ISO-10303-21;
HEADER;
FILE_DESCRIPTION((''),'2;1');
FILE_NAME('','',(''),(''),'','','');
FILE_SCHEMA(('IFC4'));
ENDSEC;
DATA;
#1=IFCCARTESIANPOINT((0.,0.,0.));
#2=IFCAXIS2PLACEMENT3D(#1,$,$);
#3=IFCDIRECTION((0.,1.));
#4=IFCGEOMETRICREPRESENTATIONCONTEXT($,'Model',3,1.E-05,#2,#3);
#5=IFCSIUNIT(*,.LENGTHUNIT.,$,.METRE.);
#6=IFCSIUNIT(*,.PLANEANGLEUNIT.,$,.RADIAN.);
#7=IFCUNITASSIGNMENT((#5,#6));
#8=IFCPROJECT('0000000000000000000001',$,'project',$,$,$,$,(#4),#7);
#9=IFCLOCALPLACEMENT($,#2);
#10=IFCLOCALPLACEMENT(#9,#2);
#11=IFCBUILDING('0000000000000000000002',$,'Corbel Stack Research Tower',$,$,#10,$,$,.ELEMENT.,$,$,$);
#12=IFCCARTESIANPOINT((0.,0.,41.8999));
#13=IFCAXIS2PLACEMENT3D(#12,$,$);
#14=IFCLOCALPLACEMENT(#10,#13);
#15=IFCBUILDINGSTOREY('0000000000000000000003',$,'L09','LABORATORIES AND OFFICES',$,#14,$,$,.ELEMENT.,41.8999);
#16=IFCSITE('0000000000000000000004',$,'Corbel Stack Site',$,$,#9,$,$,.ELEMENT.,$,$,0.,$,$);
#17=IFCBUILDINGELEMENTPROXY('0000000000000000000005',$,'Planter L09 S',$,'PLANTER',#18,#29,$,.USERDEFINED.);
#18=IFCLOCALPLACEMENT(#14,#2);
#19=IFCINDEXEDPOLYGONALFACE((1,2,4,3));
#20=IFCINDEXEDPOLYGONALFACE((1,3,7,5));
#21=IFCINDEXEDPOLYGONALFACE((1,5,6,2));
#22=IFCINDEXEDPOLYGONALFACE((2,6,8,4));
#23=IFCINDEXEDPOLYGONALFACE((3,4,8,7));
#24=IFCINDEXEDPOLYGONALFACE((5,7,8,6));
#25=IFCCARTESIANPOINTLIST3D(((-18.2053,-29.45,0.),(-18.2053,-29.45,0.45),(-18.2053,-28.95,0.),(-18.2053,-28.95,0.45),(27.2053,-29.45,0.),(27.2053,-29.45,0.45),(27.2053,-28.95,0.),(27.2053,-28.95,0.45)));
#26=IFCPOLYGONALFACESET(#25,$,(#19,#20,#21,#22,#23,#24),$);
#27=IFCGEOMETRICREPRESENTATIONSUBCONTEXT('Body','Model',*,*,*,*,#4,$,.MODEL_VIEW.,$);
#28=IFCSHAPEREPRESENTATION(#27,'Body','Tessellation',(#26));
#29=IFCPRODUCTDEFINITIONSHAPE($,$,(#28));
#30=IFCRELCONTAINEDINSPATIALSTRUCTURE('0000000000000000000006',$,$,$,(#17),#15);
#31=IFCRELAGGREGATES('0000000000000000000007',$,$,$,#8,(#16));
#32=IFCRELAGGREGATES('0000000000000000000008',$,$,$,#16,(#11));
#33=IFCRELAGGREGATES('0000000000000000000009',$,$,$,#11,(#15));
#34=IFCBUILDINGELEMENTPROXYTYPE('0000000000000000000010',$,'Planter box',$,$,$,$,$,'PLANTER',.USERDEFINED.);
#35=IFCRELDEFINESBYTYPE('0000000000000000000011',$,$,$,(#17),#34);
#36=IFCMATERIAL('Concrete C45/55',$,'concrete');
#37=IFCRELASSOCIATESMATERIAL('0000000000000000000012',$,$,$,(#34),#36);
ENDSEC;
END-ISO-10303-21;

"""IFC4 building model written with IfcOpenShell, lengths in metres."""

from ifc_helpers import new_model, si_unit, direction, frame, origin, origin_2d, place, context, subcontext, project, spatial, rectangle, extrude, material, type_object, element, save


model = new_model("IFC4")

# Units and contexts
model_context = context("Model", 3, precision=1e-05, world=origin(), true_north=direction((0.0, 1.0)))
body_context = subcontext(model_context, "Body", "Model", "MODEL_VIEW")
ifc_project = project(units=[si_unit("LENGTHUNIT", "METRE"), si_unit("PLANEANGLEUNIT", "RADIAN")], contexts=[model_context])

# Site, building, storey
site_placement = place(None, origin())
site = spatial("IfcSite", under=ifc_project, at=site_placement, Name="Corbel Stack Site", CompositionType="ELEMENT", RefElevation=0.0)
building_placement = place(site_placement, origin())
building = spatial("IfcBuilding", under=site, at=building_placement, Name="Corbel Stack Research Tower", CompositionType="ELEMENT")
storey_placement = place(building_placement, frame((0.0, 0.0, 41.8999)))
storey = spatial("IfcBuildingStorey", under=building, at=storey_placement, Name="L09", Description="LABORATORIES AND OFFICES", CompositionType="ELEMENT", Elevation=41.8999)

# Building element proxy
ifc_material_1 = material(Name="Concrete C45/55", Category="concrete")
building_element_proxy_type = type_object("IfcBuildingElementProxyType", Name="Planter box", ElementType="PLANTER", PredefinedType="USERDEFINED", material=ifc_material_1)
proxy_placement = place(storey_placement, frame((4.5, -29.2, 0.0), z_axis=(0.0, 0.0, 1.0), x_axis=(1.0, 0.0, 0.0)))
element("IfcBuildingElementProxy", 1, at=proxy_placement, inside=storey, type_object=building_element_proxy_type, Name="Planter L09 S", ObjectType="PLANTER", PredefinedType="USERDEFINED", context=body_context, shape_type="SweptSolid", body=[
    extrude(rectangle(XDim=45.4106, YDim=0.5, at=origin_2d()), origin(), (0.0, 0.0, 1.0), 0.45),
])

save(model, "model.ifc")
